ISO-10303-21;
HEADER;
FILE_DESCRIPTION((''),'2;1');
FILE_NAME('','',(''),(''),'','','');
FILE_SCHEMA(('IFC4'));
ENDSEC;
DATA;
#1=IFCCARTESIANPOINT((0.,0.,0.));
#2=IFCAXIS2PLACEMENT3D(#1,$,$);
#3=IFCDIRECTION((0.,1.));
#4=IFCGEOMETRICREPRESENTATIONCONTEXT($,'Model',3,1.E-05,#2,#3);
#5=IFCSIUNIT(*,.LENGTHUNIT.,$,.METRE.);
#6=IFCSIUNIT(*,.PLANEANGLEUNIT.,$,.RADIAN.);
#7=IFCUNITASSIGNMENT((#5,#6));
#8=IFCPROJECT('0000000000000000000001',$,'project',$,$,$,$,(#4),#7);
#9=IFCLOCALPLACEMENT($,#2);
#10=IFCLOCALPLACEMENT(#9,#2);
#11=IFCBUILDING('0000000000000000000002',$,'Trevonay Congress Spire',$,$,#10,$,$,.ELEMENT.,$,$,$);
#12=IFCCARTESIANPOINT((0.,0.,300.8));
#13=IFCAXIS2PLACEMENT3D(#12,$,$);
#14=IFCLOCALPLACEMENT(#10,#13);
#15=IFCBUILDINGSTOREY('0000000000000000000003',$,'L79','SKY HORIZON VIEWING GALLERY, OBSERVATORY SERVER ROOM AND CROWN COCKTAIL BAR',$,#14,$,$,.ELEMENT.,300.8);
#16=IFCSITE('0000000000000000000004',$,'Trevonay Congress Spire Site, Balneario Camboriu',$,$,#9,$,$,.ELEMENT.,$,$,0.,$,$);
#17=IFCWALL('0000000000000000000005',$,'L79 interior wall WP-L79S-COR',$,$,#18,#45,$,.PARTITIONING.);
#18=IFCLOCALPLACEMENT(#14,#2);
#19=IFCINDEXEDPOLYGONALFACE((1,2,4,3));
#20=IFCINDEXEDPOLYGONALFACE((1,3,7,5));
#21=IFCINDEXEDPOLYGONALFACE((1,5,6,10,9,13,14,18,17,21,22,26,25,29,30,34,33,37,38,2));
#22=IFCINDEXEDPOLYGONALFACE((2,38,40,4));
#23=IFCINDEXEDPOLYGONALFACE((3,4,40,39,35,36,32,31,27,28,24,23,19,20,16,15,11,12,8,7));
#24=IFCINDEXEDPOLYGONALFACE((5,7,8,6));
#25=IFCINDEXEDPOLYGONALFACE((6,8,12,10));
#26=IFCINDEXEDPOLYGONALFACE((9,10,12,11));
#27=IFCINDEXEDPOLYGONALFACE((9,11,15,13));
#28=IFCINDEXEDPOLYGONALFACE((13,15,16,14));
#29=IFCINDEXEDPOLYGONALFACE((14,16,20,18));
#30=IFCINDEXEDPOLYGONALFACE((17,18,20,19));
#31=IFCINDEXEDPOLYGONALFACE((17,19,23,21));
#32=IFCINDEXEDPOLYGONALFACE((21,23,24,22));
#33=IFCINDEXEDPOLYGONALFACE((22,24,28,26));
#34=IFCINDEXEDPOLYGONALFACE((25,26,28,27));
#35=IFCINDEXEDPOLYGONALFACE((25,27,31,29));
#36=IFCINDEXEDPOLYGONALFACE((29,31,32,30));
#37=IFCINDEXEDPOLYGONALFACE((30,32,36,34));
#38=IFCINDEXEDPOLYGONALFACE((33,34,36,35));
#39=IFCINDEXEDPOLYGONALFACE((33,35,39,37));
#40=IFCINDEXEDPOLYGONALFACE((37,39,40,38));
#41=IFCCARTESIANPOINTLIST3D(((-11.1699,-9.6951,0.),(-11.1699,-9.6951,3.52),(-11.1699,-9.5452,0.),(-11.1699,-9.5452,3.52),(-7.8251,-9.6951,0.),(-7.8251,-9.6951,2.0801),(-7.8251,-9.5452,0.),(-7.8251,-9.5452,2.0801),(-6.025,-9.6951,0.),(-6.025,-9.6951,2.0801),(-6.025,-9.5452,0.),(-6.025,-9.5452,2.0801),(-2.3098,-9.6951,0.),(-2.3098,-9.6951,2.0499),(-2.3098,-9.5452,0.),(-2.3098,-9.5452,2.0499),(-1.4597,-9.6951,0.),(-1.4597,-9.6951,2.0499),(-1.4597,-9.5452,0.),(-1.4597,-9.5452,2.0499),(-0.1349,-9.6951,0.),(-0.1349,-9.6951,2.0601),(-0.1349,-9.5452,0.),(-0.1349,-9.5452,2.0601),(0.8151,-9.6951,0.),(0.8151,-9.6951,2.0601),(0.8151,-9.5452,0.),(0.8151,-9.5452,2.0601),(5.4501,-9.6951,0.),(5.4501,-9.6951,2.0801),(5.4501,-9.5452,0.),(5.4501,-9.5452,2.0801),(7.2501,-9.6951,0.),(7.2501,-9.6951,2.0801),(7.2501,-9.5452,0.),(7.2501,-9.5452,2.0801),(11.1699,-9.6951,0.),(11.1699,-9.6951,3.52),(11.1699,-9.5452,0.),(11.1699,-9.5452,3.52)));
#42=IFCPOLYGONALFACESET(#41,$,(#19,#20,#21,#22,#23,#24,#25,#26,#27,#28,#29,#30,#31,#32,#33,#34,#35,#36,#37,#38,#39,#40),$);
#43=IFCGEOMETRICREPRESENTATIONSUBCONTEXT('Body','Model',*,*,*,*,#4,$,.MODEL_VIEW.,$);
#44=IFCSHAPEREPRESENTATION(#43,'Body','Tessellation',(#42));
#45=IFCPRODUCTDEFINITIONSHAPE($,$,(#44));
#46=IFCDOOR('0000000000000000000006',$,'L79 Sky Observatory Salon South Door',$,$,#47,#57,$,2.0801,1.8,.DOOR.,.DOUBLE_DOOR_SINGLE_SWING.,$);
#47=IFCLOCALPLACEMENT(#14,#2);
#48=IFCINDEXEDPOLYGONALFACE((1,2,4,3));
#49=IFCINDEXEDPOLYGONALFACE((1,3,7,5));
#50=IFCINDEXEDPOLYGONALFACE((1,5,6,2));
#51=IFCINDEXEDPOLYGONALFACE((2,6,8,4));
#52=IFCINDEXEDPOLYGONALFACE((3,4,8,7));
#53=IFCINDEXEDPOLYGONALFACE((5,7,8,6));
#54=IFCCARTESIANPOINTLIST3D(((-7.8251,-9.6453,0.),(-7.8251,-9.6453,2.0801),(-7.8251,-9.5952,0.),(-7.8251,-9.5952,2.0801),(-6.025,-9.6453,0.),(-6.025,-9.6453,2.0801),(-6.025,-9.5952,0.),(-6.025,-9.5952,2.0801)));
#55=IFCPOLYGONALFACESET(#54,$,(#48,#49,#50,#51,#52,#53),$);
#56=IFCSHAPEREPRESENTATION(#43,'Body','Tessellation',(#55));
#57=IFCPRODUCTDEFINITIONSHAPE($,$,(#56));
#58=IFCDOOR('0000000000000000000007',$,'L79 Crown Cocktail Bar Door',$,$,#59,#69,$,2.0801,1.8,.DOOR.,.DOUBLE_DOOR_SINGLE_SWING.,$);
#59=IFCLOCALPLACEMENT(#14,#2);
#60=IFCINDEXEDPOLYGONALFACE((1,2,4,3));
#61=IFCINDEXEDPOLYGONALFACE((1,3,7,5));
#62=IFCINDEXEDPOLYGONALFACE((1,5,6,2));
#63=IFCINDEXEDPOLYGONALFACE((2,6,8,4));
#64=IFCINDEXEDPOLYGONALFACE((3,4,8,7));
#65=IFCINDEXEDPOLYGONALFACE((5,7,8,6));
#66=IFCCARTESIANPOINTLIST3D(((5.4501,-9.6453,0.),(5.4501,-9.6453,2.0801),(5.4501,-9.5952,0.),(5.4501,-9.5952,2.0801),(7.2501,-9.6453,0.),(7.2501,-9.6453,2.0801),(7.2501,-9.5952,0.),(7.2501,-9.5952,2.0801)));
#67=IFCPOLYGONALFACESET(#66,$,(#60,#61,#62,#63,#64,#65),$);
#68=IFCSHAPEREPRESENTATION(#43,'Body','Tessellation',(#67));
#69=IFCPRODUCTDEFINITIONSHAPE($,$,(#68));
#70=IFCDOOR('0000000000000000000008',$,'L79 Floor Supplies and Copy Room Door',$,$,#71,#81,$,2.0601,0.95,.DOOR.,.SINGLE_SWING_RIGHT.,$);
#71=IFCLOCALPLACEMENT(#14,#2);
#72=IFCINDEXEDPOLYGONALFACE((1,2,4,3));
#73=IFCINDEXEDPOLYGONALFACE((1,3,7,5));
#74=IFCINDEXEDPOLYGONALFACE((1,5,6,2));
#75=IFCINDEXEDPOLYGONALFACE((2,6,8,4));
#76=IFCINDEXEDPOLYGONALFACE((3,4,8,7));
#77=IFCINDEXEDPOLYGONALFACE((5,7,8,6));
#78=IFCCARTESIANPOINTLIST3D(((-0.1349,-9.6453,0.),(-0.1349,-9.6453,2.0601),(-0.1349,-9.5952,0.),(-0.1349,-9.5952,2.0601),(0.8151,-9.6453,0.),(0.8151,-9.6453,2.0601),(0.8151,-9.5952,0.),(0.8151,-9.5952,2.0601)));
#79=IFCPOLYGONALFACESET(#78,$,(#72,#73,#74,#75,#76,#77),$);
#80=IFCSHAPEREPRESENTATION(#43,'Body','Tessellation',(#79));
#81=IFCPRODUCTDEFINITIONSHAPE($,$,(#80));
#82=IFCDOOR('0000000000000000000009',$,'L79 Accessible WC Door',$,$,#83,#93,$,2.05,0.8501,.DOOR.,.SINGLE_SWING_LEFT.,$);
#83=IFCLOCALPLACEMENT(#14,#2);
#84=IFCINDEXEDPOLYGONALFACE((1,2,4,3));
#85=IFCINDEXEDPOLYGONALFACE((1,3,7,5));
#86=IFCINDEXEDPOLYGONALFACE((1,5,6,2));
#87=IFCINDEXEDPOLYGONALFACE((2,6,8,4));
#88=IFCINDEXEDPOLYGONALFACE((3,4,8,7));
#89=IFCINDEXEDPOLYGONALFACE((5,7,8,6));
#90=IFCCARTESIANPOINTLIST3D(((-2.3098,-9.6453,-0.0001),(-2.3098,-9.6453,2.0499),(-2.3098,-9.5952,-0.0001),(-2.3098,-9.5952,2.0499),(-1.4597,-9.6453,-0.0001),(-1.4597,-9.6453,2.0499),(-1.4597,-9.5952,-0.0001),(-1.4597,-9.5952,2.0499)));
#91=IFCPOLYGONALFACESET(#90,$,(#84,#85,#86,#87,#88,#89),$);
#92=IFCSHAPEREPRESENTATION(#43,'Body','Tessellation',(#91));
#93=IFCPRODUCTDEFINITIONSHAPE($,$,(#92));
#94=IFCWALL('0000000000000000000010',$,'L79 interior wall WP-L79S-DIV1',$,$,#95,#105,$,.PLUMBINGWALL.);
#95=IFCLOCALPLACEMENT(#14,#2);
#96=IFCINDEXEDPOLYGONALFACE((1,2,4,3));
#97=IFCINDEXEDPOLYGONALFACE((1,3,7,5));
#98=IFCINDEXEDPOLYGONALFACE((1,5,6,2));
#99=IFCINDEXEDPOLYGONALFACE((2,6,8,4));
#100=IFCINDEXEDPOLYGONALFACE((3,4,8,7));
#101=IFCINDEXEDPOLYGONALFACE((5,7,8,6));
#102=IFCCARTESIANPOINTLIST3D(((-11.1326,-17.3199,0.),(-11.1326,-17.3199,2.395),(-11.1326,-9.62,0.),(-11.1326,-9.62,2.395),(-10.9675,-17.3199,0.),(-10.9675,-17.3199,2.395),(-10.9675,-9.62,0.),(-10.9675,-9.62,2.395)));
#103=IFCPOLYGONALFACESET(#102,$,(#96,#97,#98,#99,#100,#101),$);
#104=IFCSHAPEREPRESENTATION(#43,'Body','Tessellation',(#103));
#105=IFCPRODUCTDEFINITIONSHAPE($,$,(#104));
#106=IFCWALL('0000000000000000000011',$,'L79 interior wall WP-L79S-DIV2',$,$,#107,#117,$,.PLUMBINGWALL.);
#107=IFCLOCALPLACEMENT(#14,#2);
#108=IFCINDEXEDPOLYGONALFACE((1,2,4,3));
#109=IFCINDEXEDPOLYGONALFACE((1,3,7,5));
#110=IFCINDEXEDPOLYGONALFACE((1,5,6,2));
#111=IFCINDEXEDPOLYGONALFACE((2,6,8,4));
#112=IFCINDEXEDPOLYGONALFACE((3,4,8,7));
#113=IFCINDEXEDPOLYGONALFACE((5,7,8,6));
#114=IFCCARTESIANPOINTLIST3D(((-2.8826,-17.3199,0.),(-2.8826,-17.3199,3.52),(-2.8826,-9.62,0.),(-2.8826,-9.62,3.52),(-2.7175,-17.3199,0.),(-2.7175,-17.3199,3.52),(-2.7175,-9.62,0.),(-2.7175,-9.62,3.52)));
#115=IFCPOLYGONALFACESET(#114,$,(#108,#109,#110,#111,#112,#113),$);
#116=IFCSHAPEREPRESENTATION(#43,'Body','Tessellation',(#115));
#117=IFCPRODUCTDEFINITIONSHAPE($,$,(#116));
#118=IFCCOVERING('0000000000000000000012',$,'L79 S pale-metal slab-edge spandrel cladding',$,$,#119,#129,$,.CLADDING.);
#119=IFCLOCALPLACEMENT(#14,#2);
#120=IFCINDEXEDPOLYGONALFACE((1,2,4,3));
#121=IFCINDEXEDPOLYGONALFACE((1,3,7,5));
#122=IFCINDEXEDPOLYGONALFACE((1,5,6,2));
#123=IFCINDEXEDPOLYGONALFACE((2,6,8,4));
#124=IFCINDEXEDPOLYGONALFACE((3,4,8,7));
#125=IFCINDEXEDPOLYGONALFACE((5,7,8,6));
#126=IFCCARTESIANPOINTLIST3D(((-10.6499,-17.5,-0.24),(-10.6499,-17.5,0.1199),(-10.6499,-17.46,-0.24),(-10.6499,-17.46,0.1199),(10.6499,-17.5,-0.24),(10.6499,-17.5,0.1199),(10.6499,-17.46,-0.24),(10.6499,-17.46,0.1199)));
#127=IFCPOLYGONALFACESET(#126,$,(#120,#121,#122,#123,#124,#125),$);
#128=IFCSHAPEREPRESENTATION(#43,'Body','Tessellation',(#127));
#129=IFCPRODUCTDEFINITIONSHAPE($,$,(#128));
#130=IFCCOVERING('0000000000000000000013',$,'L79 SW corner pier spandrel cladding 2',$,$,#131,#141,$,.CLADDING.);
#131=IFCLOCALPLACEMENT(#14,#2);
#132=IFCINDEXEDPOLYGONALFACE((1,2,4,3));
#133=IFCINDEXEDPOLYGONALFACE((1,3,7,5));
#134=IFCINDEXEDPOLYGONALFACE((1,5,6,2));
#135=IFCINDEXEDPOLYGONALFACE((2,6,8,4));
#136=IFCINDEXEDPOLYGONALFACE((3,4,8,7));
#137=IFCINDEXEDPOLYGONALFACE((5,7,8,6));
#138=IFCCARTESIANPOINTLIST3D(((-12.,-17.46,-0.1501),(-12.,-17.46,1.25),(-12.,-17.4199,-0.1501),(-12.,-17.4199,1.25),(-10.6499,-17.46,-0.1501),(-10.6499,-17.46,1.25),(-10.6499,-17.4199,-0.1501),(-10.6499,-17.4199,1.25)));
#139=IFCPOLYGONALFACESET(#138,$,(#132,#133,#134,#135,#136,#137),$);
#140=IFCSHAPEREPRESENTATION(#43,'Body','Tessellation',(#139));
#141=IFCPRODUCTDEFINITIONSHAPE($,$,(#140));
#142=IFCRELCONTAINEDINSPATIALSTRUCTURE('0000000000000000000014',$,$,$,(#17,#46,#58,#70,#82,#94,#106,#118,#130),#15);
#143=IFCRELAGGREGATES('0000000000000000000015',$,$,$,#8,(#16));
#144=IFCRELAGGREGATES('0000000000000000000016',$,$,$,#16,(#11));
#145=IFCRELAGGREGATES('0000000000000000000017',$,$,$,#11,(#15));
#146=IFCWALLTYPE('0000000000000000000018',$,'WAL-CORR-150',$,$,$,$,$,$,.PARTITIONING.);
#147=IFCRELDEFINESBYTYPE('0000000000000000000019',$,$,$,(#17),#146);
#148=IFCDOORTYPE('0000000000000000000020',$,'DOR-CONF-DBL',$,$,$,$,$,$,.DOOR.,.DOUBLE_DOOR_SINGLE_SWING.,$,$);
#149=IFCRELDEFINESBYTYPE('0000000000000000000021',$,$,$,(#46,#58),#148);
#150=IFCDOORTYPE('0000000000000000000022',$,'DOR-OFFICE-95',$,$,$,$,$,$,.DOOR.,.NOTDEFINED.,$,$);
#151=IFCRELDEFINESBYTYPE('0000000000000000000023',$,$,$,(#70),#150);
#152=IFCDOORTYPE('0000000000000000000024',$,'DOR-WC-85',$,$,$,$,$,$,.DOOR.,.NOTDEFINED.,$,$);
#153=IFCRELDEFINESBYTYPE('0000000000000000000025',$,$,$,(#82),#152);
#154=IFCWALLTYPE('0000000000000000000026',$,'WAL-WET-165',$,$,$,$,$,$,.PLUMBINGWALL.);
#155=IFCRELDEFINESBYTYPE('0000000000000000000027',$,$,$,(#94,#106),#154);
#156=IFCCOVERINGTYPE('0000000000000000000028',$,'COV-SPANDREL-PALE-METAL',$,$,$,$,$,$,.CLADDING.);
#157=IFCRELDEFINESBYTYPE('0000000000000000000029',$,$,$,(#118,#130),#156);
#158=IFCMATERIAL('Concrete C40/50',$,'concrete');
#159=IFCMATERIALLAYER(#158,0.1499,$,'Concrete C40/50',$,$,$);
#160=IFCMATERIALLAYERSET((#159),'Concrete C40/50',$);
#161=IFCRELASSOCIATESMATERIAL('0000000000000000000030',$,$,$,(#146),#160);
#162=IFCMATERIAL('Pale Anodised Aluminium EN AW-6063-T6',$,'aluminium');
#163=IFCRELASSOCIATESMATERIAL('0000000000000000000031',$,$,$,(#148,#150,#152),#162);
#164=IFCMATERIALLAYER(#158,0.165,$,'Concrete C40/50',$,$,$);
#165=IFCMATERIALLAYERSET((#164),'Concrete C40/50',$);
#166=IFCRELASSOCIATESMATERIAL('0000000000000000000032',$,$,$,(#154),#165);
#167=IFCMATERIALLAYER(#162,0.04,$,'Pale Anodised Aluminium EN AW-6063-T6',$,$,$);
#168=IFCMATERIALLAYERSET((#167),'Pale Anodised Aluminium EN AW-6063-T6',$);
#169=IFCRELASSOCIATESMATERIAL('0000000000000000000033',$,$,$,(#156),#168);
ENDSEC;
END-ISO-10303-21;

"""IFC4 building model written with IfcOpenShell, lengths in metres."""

from ifc_helpers import new_model, si_unit, direction, frame, frame_2d, origin, place, context, subcontext, project, spatial, rectangle, extrude, material, layer, layer_set, type_object, element, fill, save


model = new_model("IFC4")

# Units and contexts
model_context = context("Model", 3, precision=1e-05, world=origin(), true_north=direction((0.0, 1.0)))
body_context = subcontext(model_context, "Body", "Model", "MODEL_VIEW")
ifc_project = project(units=[si_unit("LENGTHUNIT", "METRE"), si_unit("PLANEANGLEUNIT", "RADIAN")], contexts=[model_context])

# Site, building, storey
site_placement = place(None, origin())
site = spatial("IfcSite", under=ifc_project, at=site_placement, Name="Trevonay Congress Spire Site, Balneario Camboriu", CompositionType="ELEMENT", RefElevation=0.0)
building_placement = place(site_placement, origin())
building = spatial("IfcBuilding", under=site, at=building_placement, Name="Trevonay Congress Spire", CompositionType="ELEMENT")
storey_placement = place(building_placement, frame((0.0, 0.0, 300.8)))
storey = spatial("IfcBuildingStorey", under=building, at=storey_placement, Name="L79", Description="SKY HORIZON VIEWING GALLERY, OBSERVATORY SERVER ROOM AND CROWN COCKTAIL BAR", CompositionType="ELEMENT", Elevation=300.8)

# Shared definitions
ifc_material_1 = material(Name="Pale Anodised Aluminium EN AW-6063-T6", Category="aluminium")

# Wall, openings, doors
ifc_material_2 = material(Name="Concrete C40/50", Category="concrete")
ifc_layer_1 = layer(ifc_material_2, 0.1499, Name="Concrete C40/50")
ifc_layer_set_1 = layer_set([ifc_layer_1], Name="Concrete C40/50")
wall_type_1 = type_object("IfcWallType", Name="WAL-CORR-150", PredefinedType="PARTITIONING", material=ifc_layer_set_1)
wall_1_placement = place(storey_placement, frame((-11.1699, -9.6201, 0.0), z_axis=(0.0, 0.0, 1.0), x_axis=(1.0, 0.0, 0.0)))
wall_1 = element("IfcWall", 1, at=wall_1_placement, inside=storey, type_object=wall_type_1, Name="L79 interior wall WP-L79S-COR", PredefinedType="PARTITIONING", context=body_context, shape_type="SweptSolid", body=[
    extrude(rectangle(XDim=22.3398, YDim=0.1499, at=frame_2d((11.1699, 0.0))), origin(), (0.0, 0.0, 1.0), 3.52),
])
opening_1_placement = place(wall_1_placement, frame((3.345, 0.0, 0.0)))
opening_1 = element("IfcOpeningElement", 2, at=opening_1_placement, cuts=wall_1, PredefinedType="OPENING", context=body_context, shape_type="SweptSolid", body=[
    extrude(rectangle(XDim=1.8, YDim=2.0801, at=frame_2d((0.8999, 1.04))), frame((0.0, 0.085, 0.0), z_axis=(0.0, -1.0, 0.0), x_axis=(1.0, 0.0, 0.0)), (0.0, 0.0, 1.0), 0.1699),
])
opening_2_placement = place(wall_1_placement, frame((8.8601, 0.0, 0.0)))
opening_2 = element("IfcOpeningElement", 3, at=opening_2_placement, cuts=wall_1, PredefinedType="OPENING", context=body_context, shape_type="SweptSolid", body=[
    extrude(rectangle(XDim=0.8501, YDim=2.05, at=frame_2d((0.425, 1.0249))), frame((0.0, 0.085, 0.0), z_axis=(0.0, -1.0, 0.0), x_axis=(1.0, 0.0, 0.0)), (0.0, 0.0, 1.0), 0.1699),
])
opening_3_placement = place(wall_1_placement, frame((11.0349, 0.0, 0.0)))
opening_3 = element("IfcOpeningElement", 4, at=opening_3_placement, cuts=wall_1, PredefinedType="OPENING", context=body_context, shape_type="SweptSolid", body=[
    extrude(rectangle(XDim=0.95, YDim=2.0601, at=frame_2d((0.4751, 1.03))), frame((0.0, 0.085, 0.0), z_axis=(0.0, -1.0, 0.0), x_axis=(1.0, 0.0, 0.0)), (0.0, 0.0, 1.0), 0.1699),
])
opening_4_placement = place(wall_1_placement, frame((16.6201, 0.0, 0.0)))
opening_4 = element("IfcOpeningElement", 5, at=opening_4_placement, cuts=wall_1, PredefinedType="OPENING", context=body_context, shape_type="SweptSolid", body=[
    extrude(rectangle(XDim=1.8, YDim=2.0801, at=frame_2d((0.8999, 1.04))), frame((0.0, 0.085, 0.0), z_axis=(0.0, -1.0, 0.0), x_axis=(1.0, 0.0, 0.0)), (0.0, 0.0, 1.0), 0.1699),
])
door_type_1 = type_object("IfcDoorType", Name="DOR-CONF-DBL", OperationType="DOUBLE_DOOR_SINGLE_SWING", PredefinedType="DOOR", material=ifc_material_1)
door_1_placement = place(opening_1_placement, origin())
door_1 = element("IfcDoor", 6, at=door_1_placement, inside=storey, type_object=door_type_1, Name="L79 Sky Observatory Salon South Door", OperationType="DOUBLE_DOOR_SINGLE_SWING", OverallHeight=2.0801, OverallWidth=1.8, PredefinedType="DOOR", context=body_context, shape_type="SweptSolid", body=[
    extrude(rectangle(XDim=1.8, YDim=2.0801, at=frame_2d((0.8999, 1.04))), frame((0.0, 0.0249, 0.0), z_axis=(0.0, -1.0, 0.0), x_axis=(1.0, 0.0, 0.0)), (0.0, 0.0, 1.0), 0.05),
])
fill(opening_1, door_1)
door_2_placement = place(opening_4_placement, origin())
door_2 = element("IfcDoor", 7, at=door_2_placement, inside=storey, type_object=door_type_1, Name="L79 Crown Cocktail Bar Door", OperationType="DOUBLE_DOOR_SINGLE_SWING", OverallHeight=2.0801, OverallWidth=1.8, PredefinedType="DOOR", context=body_context, shape_type="SweptSolid", body=[
    extrude(rectangle(XDim=1.8, YDim=2.0801, at=frame_2d((0.8999, 1.04))), frame((0.0, 0.0249, 0.0), z_axis=(0.0, -1.0, 0.0), x_axis=(1.0, 0.0, 0.0)), (0.0, 0.0, 1.0), 0.05),
])
fill(opening_4, door_2)
door_type_2 = type_object("IfcDoorType", Name="DOR-OFFICE-95", OperationType="NOTDEFINED", PredefinedType="DOOR", material=ifc_material_1)
door_3_placement = place(opening_3_placement, origin())
door_3 = element("IfcDoor", 8, at=door_3_placement, inside=storey, type_object=door_type_2, Name="L79 Floor Supplies and Copy Room Door", OperationType="SINGLE_SWING_RIGHT", OverallHeight=2.0601, OverallWidth=0.95, PredefinedType="DOOR", context=body_context, shape_type="SweptSolid", body=[
    extrude(rectangle(XDim=0.95, YDim=2.0601, at=frame_2d((0.4751, 1.03))), frame((0.0, 0.0249, 0.0), z_axis=(0.0, -1.0, 0.0), x_axis=(1.0, 0.0, 0.0)), (0.0, 0.0, 1.0), 0.05),
])
fill(opening_3, door_3)
door_type_3 = type_object("IfcDoorType", Name="DOR-WC-85", OperationType="NOTDEFINED", PredefinedType="DOOR", material=ifc_material_1)
door_4_placement = place(opening_2_placement, origin())
door_4 = element("IfcDoor", 9, at=door_4_placement, inside=storey, type_object=door_type_3, Name="L79 Accessible WC Door", OperationType="SINGLE_SWING_LEFT", OverallHeight=2.05, OverallWidth=0.8501, PredefinedType="DOOR", context=body_context, shape_type="SweptSolid", body=[
    extrude(rectangle(XDim=0.8501, YDim=2.05, at=frame_2d((0.425, 1.0249))), frame((0.0, 0.0249, 0.0), z_axis=(0.0, -1.0, 0.0), x_axis=(1.0, 0.0, 0.0)), (0.0, 0.0, 1.0), 0.05),
])
fill(opening_2, door_4)

# Walls
ifc_layer_2 = layer(ifc_material_2, 0.165, Name="Concrete C40/50")
ifc_layer_set_2 = layer_set([ifc_layer_2], Name="Concrete C40/50")
wall_type_2 = type_object("IfcWallType", Name="WAL-WET-165", PredefinedType="PLUMBINGWALL", material=ifc_layer_set_2)
wall_2_placement = place(storey_placement, frame((-11.05, -17.3201, 0.0), z_axis=(0.0, 0.0, 1.0), x_axis=(0.0, 1.0, 0.0)))
element("IfcWall", 10, at=wall_2_placement, inside=storey, type_object=wall_type_2, Name="L79 interior wall WP-L79S-DIV1", PredefinedType="PLUMBINGWALL", context=body_context, shape_type="SweptSolid", body=[
    extrude(rectangle(XDim=7.7, YDim=0.165, at=frame_2d((3.8501, 0.0))), origin(), (0.0, 0.0, 1.0), 2.395),
])
wall_3_placement = place(storey_placement, frame((-2.8, -17.3201, 0.0), z_axis=(0.0, 0.0, 1.0), x_axis=(0.0, 1.0, 0.0)))
element("IfcWall", 11, at=wall_3_placement, inside=storey, type_object=wall_type_2, Name="L79 interior wall WP-L79S-DIV2", PredefinedType="PLUMBINGWALL", context=body_context, shape_type="SweptSolid", body=[
    extrude(rectangle(XDim=7.7, YDim=0.165, at=frame_2d((3.8501, 0.0))), origin(), (0.0, 0.0, 1.0), 3.52),
])

# Coverings
ifc_layer_3 = layer(ifc_material_1, 0.04, Name="Pale Anodised Aluminium EN AW-6063-T6")
ifc_layer_set_3 = layer_set([ifc_layer_3], Name="Pale Anodised Aluminium EN AW-6063-T6")
covering_type = type_object("IfcCoveringType", Name="COV-SPANDREL-PALE-METAL", PredefinedType="CLADDING", material=ifc_layer_set_3)
covering_1_placement = place(storey_placement, frame((-10.6499, -17.48, -0.24), z_axis=(0.0, 0.0, 1.0), x_axis=(1.0, 0.0, 0.0)))
element("IfcCovering", 12, at=covering_1_placement, inside=storey, type_object=covering_type, Name="L79 S pale-metal slab-edge spandrel cladding", PredefinedType="CLADDING", context=body_context, shape_type="SweptSolid", body=[
    extrude(rectangle(XDim=21.2998, YDim=0.04, at=frame_2d((10.6499, 0.0))), origin(), (0.0, 0.0, 1.0), 0.3599),
])
covering_2_placement = place(storey_placement, frame((-10.6499, -17.4399, -0.1501), z_axis=(0.0, 0.0, 1.0), x_axis=(-1.0, 0.0, 0.0)))
element("IfcCovering", 13, at=covering_2_placement, inside=storey, type_object=covering_type, Name="L79 SW corner pier spandrel cladding 2", PredefinedType="CLADDING", context=body_context, shape_type="SweptSolid", body=[
    extrude(rectangle(XDim=1.3501, YDim=0.04, at=frame_2d((0.675, 0.0))), origin(), (0.0, 0.0, 1.0), 1.4001),
])

save(model, "model.ifc")
